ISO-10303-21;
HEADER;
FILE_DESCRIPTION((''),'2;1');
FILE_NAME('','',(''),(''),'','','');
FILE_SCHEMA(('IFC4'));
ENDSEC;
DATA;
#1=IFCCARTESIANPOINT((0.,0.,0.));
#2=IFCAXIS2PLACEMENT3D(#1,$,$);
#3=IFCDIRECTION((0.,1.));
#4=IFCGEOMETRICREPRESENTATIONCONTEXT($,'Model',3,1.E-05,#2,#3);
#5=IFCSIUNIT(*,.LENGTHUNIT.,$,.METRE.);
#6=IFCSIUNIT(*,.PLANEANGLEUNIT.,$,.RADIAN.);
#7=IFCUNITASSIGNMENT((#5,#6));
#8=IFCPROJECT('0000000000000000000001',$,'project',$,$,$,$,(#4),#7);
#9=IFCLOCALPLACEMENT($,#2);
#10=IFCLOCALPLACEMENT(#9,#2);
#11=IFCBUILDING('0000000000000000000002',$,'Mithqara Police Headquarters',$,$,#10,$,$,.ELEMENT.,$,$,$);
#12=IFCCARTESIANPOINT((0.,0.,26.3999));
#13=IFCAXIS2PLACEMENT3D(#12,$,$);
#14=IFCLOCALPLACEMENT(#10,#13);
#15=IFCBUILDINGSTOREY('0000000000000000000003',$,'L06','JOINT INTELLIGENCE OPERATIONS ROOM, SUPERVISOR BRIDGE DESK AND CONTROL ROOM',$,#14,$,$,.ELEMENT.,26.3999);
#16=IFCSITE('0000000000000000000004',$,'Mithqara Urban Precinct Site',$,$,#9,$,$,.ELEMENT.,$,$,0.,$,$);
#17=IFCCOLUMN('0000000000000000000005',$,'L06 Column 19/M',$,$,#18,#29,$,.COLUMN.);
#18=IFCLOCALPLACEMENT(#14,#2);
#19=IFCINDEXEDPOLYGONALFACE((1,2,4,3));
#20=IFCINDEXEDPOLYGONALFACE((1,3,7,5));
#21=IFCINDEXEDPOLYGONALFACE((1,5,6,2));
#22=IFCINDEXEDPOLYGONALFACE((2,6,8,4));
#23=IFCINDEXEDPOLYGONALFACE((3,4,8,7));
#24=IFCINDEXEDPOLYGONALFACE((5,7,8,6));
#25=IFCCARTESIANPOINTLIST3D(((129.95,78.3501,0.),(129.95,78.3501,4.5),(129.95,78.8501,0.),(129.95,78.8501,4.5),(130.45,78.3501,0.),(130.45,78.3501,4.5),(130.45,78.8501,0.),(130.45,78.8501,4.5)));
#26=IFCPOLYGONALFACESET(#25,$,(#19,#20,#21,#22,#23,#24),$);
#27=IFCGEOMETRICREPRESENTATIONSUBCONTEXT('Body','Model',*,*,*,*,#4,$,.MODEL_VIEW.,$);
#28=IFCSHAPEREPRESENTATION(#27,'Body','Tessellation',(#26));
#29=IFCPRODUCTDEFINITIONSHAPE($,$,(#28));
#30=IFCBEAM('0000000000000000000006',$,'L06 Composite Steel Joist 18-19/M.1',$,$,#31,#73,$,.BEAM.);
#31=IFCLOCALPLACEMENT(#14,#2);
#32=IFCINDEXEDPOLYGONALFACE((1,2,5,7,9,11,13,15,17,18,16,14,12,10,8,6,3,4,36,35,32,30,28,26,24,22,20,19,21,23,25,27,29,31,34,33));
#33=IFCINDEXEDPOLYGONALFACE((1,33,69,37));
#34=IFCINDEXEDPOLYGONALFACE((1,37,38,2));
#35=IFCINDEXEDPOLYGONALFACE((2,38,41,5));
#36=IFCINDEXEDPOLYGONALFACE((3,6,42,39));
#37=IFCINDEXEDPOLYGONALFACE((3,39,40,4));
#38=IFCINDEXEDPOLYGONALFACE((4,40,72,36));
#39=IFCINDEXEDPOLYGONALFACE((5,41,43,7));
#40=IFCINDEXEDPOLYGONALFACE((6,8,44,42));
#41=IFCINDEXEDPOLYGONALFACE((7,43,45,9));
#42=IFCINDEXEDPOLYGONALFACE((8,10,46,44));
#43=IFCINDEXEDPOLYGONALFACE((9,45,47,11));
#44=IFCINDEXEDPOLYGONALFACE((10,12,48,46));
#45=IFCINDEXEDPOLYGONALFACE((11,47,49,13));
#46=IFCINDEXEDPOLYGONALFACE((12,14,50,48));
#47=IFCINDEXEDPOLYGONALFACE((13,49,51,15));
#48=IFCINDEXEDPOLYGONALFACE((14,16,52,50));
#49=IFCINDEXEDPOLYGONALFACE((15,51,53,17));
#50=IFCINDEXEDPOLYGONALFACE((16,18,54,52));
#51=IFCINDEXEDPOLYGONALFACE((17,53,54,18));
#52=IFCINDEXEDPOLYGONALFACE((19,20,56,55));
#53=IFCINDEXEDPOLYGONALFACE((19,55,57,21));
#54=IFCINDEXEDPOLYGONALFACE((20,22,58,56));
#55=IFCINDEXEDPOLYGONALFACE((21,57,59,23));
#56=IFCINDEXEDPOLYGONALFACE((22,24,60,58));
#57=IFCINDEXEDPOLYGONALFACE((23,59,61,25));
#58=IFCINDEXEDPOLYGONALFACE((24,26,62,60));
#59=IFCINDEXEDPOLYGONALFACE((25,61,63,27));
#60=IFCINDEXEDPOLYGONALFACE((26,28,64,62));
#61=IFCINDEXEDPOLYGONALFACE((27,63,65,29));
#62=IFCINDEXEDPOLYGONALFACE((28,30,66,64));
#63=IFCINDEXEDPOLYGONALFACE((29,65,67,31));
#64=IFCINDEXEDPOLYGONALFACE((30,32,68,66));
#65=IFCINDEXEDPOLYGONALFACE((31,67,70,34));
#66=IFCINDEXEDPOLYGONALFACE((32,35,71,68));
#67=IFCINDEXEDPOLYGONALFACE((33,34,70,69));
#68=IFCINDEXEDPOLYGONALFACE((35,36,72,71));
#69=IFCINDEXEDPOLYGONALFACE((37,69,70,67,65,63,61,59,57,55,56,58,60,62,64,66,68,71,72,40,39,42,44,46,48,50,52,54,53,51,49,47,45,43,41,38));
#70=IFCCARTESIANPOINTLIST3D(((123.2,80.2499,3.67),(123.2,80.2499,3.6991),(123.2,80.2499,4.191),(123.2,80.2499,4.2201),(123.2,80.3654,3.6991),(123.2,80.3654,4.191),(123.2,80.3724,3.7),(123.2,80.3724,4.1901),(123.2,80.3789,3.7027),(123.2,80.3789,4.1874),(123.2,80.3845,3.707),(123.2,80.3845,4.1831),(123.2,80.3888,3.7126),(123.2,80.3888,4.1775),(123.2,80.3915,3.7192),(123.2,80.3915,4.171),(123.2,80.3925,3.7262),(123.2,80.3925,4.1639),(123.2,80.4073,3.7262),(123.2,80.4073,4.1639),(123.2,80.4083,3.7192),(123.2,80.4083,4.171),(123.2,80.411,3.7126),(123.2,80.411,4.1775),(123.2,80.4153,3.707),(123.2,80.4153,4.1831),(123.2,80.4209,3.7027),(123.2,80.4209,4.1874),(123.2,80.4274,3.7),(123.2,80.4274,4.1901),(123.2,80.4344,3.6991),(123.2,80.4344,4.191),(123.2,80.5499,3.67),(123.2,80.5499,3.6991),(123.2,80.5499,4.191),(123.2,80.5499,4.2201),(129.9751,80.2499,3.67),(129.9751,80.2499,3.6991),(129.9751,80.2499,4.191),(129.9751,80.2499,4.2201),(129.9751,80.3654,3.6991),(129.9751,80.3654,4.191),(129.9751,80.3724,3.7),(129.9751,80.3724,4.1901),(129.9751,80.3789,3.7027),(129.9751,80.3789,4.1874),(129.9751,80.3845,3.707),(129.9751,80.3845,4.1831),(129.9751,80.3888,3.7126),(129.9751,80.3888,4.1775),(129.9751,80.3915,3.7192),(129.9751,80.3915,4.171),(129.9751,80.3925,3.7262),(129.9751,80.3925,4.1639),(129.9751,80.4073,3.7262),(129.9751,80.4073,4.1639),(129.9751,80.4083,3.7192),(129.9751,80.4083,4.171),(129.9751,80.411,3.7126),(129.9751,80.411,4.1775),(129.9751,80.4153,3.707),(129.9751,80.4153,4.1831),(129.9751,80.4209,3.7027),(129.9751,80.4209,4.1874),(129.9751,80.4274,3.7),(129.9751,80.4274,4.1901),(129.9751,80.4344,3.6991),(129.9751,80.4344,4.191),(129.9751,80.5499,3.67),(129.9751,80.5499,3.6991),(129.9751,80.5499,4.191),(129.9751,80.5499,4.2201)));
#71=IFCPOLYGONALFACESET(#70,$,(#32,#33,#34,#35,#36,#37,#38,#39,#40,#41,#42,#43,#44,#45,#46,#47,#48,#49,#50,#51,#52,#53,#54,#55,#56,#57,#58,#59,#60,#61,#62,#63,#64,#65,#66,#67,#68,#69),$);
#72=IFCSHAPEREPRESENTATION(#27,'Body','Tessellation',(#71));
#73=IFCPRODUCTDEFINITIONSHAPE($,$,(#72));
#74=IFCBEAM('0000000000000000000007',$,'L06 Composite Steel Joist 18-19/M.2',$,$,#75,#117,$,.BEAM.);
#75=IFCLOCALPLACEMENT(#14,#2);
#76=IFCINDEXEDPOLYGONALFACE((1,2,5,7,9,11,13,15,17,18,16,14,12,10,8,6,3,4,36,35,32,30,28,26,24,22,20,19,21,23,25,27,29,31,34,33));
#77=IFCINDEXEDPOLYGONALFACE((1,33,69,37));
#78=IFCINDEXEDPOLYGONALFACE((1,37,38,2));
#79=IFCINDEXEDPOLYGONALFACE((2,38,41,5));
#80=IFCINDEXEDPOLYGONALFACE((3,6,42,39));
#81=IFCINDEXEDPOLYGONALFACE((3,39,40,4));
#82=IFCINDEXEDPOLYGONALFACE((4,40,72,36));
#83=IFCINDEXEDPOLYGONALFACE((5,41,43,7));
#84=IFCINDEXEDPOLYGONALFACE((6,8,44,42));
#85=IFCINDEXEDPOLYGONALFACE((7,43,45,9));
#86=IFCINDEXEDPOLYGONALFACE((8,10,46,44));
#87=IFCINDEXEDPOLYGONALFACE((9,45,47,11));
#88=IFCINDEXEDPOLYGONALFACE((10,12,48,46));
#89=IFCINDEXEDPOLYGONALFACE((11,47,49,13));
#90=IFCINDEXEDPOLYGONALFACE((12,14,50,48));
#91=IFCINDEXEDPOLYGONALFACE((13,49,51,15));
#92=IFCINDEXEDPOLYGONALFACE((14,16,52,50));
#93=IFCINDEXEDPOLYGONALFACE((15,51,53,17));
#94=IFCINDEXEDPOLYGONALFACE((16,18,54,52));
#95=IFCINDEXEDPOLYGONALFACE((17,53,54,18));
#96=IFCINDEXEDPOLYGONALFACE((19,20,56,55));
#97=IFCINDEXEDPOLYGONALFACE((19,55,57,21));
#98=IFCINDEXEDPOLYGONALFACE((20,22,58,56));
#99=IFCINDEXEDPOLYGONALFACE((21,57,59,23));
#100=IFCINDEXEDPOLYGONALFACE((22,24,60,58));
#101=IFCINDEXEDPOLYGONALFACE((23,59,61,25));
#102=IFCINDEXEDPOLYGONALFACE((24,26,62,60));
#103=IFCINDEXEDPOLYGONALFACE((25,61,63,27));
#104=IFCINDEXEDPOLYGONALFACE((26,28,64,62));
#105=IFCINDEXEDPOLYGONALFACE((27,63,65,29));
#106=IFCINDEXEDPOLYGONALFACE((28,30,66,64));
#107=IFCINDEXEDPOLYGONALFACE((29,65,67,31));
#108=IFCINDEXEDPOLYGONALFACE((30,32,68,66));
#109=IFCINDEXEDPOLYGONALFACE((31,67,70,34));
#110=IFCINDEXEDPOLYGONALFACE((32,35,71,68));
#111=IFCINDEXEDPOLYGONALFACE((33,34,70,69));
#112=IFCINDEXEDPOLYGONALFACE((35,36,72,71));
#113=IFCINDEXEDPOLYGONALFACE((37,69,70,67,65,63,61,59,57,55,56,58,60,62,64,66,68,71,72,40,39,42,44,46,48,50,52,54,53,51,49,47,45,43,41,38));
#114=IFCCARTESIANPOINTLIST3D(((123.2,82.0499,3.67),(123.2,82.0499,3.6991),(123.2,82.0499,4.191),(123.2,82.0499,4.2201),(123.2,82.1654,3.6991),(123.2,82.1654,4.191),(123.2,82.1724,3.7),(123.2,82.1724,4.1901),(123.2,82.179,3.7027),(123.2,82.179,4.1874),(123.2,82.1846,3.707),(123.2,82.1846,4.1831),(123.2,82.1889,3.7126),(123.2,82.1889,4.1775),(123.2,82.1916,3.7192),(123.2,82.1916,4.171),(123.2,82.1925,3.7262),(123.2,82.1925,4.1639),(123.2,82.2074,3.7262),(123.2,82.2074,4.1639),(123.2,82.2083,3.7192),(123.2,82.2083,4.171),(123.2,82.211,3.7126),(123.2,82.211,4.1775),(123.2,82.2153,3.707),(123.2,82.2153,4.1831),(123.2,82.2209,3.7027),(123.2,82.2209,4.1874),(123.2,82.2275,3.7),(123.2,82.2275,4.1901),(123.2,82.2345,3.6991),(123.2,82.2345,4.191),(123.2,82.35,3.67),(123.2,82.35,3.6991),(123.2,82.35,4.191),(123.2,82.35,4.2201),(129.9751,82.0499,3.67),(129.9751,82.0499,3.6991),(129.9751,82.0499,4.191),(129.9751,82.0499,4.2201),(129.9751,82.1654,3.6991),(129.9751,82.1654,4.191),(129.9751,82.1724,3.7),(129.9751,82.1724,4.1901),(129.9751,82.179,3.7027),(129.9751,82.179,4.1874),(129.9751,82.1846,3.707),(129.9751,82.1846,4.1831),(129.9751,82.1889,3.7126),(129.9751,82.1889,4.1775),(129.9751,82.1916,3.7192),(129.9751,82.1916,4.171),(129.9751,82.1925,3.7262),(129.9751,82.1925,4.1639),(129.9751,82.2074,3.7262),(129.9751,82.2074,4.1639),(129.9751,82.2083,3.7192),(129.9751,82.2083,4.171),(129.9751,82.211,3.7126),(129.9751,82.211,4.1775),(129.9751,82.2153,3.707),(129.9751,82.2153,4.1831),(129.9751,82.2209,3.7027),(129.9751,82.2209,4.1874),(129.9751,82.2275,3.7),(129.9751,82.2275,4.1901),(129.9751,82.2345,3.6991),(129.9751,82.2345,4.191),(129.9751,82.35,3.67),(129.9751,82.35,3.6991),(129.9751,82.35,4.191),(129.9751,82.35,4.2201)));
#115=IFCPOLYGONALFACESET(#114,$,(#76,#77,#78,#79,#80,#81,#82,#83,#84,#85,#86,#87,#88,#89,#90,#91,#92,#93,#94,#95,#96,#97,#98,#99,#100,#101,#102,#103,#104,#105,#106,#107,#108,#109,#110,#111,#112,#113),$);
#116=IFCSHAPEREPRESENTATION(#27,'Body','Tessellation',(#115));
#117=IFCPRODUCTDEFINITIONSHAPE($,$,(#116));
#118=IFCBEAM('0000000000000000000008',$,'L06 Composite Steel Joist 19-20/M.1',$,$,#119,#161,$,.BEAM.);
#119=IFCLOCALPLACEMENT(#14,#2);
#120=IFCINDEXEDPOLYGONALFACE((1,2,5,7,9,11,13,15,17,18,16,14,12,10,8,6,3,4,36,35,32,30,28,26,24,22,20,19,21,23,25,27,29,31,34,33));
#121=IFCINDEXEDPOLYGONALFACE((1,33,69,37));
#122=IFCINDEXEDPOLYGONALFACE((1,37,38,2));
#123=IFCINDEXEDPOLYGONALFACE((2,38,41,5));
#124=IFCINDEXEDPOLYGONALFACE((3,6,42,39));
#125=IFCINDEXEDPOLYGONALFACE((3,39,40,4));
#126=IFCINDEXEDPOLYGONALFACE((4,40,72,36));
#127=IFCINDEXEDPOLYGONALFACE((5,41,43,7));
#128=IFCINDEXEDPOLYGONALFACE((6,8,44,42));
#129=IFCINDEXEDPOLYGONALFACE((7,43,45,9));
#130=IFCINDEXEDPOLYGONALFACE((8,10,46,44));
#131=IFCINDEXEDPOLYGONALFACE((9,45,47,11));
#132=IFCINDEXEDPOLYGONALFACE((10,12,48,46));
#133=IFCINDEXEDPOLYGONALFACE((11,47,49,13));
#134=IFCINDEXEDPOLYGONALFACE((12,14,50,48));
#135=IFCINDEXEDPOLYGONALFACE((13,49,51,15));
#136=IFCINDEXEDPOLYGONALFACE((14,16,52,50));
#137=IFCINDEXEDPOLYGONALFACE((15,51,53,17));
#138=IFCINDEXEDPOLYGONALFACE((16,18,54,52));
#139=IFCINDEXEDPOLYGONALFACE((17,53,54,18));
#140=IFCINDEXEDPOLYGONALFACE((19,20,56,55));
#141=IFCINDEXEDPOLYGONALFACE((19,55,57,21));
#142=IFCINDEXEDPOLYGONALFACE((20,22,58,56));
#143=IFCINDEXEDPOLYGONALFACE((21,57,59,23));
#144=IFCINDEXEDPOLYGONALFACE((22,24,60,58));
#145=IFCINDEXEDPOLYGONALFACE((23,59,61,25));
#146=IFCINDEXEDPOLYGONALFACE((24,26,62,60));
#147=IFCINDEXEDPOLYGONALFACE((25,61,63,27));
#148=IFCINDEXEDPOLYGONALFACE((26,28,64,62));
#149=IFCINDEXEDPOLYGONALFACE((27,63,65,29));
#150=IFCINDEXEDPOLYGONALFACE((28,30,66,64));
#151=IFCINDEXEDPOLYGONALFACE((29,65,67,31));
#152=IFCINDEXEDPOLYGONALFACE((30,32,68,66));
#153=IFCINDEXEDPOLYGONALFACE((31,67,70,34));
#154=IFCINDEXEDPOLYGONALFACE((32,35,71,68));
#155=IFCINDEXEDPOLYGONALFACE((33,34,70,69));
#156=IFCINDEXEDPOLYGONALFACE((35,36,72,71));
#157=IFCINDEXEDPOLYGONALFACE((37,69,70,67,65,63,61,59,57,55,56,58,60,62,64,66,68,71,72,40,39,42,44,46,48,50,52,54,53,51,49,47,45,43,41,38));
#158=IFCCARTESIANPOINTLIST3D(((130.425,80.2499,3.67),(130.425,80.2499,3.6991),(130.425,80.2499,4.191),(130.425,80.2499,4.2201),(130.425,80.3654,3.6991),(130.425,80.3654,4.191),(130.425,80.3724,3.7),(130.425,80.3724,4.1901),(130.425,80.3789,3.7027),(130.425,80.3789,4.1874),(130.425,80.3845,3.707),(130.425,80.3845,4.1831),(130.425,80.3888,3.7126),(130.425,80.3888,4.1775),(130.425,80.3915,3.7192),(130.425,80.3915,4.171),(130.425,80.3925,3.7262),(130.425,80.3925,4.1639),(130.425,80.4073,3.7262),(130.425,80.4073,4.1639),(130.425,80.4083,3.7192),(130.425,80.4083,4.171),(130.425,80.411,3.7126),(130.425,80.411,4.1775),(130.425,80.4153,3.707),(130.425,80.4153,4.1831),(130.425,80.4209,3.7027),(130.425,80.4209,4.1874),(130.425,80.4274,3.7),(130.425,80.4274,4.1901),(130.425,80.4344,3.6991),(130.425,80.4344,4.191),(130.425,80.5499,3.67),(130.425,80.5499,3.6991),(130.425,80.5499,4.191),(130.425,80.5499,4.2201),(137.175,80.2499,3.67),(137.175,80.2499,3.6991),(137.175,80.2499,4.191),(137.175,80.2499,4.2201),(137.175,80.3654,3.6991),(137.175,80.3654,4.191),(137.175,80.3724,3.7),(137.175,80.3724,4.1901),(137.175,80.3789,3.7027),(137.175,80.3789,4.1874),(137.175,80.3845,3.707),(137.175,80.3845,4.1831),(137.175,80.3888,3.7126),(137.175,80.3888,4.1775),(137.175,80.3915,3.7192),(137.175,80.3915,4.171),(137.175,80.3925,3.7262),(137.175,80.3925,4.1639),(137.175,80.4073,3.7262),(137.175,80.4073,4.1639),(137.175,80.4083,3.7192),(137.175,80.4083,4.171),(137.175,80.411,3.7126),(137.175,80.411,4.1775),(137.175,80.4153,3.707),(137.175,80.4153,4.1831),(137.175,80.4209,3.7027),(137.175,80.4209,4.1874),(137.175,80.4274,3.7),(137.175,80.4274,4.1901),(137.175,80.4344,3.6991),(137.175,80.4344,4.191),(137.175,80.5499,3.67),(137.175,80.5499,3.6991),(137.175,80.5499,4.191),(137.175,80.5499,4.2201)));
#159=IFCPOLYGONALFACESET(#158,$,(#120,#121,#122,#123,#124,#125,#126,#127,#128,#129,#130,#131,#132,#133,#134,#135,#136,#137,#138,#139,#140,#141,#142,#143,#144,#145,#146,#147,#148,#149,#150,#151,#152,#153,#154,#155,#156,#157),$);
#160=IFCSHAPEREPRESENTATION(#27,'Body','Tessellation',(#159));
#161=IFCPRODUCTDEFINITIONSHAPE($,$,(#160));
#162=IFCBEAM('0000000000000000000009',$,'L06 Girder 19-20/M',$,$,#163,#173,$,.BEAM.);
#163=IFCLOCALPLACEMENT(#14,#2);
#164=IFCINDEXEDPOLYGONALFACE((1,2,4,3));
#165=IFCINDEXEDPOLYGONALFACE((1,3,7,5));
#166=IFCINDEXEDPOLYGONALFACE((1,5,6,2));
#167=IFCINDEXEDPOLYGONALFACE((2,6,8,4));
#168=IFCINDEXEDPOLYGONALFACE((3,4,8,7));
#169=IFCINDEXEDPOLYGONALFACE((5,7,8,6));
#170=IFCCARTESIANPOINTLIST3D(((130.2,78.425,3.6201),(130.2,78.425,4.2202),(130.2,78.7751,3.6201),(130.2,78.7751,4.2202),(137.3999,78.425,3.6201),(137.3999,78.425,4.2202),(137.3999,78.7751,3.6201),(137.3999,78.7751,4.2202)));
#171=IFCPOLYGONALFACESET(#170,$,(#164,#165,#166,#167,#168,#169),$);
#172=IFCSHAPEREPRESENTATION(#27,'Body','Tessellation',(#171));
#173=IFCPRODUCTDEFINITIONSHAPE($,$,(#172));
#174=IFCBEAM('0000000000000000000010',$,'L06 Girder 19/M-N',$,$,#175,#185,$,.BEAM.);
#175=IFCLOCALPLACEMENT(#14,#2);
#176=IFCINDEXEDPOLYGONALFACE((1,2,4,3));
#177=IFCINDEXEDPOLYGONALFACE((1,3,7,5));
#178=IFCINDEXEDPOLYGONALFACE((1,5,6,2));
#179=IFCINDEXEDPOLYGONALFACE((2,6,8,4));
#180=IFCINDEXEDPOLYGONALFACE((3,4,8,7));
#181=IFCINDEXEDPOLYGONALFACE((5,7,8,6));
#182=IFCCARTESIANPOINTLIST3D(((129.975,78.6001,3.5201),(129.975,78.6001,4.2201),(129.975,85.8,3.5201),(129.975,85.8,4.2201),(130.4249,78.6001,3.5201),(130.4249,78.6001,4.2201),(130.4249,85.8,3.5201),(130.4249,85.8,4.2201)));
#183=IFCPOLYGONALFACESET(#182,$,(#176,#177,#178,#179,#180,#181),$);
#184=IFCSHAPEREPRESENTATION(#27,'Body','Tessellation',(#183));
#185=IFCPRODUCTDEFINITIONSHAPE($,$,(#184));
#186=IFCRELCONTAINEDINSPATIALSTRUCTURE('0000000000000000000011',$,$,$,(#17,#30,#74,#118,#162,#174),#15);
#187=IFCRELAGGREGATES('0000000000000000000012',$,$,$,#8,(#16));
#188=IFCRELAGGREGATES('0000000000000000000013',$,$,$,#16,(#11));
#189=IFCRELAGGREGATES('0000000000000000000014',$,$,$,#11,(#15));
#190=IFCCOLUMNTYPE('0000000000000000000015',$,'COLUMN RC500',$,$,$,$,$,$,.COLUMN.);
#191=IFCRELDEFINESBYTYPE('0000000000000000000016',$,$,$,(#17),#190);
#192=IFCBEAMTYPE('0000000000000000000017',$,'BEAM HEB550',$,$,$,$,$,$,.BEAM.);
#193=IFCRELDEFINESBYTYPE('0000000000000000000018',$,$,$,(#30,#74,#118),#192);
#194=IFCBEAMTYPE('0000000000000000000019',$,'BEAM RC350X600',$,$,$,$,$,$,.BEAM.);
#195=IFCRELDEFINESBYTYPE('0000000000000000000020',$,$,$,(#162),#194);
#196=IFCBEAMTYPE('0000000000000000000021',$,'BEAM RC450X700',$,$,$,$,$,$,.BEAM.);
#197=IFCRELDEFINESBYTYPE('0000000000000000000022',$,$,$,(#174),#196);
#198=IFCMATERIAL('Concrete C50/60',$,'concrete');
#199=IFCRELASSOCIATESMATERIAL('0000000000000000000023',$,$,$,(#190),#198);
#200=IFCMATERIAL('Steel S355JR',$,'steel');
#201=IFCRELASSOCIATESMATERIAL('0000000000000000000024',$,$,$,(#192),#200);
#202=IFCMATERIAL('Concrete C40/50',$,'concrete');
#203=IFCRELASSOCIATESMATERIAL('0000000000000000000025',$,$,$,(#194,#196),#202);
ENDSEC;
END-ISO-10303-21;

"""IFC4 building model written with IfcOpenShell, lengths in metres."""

from ifc_helpers import new_model, si_unit, direction, frame, origin, origin_2d, place, context, subcontext, project, spatial, rectangle, i_section, extrude, material, material_profile, profile_set, type_object, element, save


model = new_model("IFC4")

# Units and contexts
model_context = context("Model", 3, precision=1e-05, world=origin(), true_north=direction((0.0, 1.0)))
body_context = subcontext(model_context, "Body", "Model", "MODEL_VIEW")
ifc_project = project(units=[si_unit("LENGTHUNIT", "METRE"), si_unit("PLANEANGLEUNIT", "RADIAN")], contexts=[model_context])

# Site, building, storey
site_placement = place(None, origin())
site = spatial("IfcSite", under=ifc_project, at=site_placement, Name="Mithqara Urban Precinct Site", CompositionType="ELEMENT", RefElevation=0.0)
building_placement = place(site_placement, origin())
building = spatial("IfcBuilding", under=site, at=building_placement, Name="Mithqara Police Headquarters", CompositionType="ELEMENT")
storey_placement = place(building_placement, frame((0.0, 0.0, 26.3999)))
storey = spatial("IfcBuildingStorey", under=building, at=storey_placement, Name="L06", Description="JOINT INTELLIGENCE OPERATIONS ROOM, SUPERVISOR BRIDGE DESK AND CONTROL ROOM", CompositionType="ELEMENT", Elevation=26.3999)

# Column
ifc_material_1 = material(Name="Concrete C50/60", Category="concrete")
ifc_material_profile_1 = material_profile(ifc_material_1, rectangle(XDim=0.5, YDim=0.5, at=origin_2d()), Name="RC 500x500")
ifc_profile_set_1 = profile_set([ifc_material_profile_1], Name="Concrete C50/60")
column_type = type_object("IfcColumnType", Name="COLUMN RC500", PredefinedType="COLUMN", material=ifc_profile_set_1)
column_placement = place(storey_placement, frame((130.2, 78.6001, 0.0), z_axis=(0.0, 0.0, 1.0), x_axis=(1.0, 0.0, 0.0)))
element("IfcColumn", 1, at=column_placement, inside=storey, type_object=column_type, Name="L06 Column 19/M", PredefinedType="COLUMN", context=body_context, shape_type="SweptSolid", body=[
    extrude(rectangle(XDim=0.5, YDim=0.5, at=origin_2d()), origin(), (0.0, 0.0, 1.0), 4.5),
])

# Beams
ifc_material_2 = material(Name="Steel S355JR", Category="steel")
ifc_material_profile_2 = material_profile(ifc_material_2, i_section(OverallWidth=0.3, OverallDepth=0.55, WebThickness=0.0149, FlangeThickness=0.0291, FilletRadius=0.0271, at=origin_2d()), Name="HEB 550")
ifc_profile_set_2 = profile_set([ifc_material_profile_2], Name="Steel S355JR")
beam_type_1 = type_object("IfcBeamType", Name="BEAM HEB550", PredefinedType="BEAM", material=ifc_profile_set_2)
for number, where, z_axis, x_axis, name in (
    (2, (123.2, 80.3999, 3.9451), (1.0, 0.0, 0.0), (0.0, 1.0, 0.0), "L06 Composite Steel Joist 18-19/M.1"),
    (3, (123.2, 82.2, 3.9451), (1.0, 0.0, 0.0), (0.0, 1.0, 0.0), "L06 Composite Steel Joist 18-19/M.2"),
):
    element("IfcBeam", number, at=place(storey_placement, frame(where, z_axis=z_axis, x_axis=x_axis)), inside=storey, type_object=beam_type_1, Name=name, PredefinedType="BEAM", context=body_context, shape_type="SweptSolid", body=[
        extrude(i_section(OverallWidth=0.3, OverallDepth=0.55, WebThickness=0.0149, FlangeThickness=0.0291, FilletRadius=0.0271, at=origin_2d()), origin(), (0.0, 0.0, 1.0), 6.7751),
    ])
beam_1_placement = place(storey_placement, frame((130.425, 80.3999, 3.9451), z_axis=(1.0, 0.0, 0.0), x_axis=(0.0, 1.0, 0.0)))
element("IfcBeam", 4, at=beam_1_placement, inside=storey, type_object=beam_type_1, Name="L06 Composite Steel Joist 19-20/M.1", PredefinedType="BEAM", context=body_context, shape_type="SweptSolid", body=[
    extrude(i_section(OverallWidth=0.3, OverallDepth=0.55, WebThickness=0.0149, FlangeThickness=0.0291, FilletRadius=0.0271, at=origin_2d()), origin(), (0.0, 0.0, 1.0), 6.75),
])
ifc_material_3 = material(Name="Concrete C40/50", Category="concrete")
ifc_material_profile_3 = material_profile(ifc_material_3, rectangle(XDim=0.3501, YDim=0.6001, at=origin_2d()), Name="RC 350x600")
ifc_profile_set_3 = profile_set([ifc_material_profile_3], Name="Concrete C40/50")
beam_type_2 = type_object("IfcBeamType", Name="BEAM RC350X600", PredefinedType="BEAM", material=ifc_profile_set_3)
beam_2_placement = place(storey_placement, frame((130.2, 78.6001, 3.9202), z_axis=(1.0, 0.0, 0.0), x_axis=(0.0, 1.0, 0.0)))
element("IfcBeam", 5, at=beam_2_placement, inside=storey, type_object=beam_type_2, Name="L06 Girder 19-20/M", PredefinedType="BEAM", context=body_context, shape_type="SweptSolid", body=[
    extrude(rectangle(XDim=0.3501, YDim=0.6001, at=origin_2d()), origin(), (0.0, 0.0, 1.0), 7.2),
])
ifc_material_profile_4 = material_profile(ifc_material_3, rectangle(XDim=0.45, YDim=0.7, at=origin_2d()), Name="RC 450x700")
ifc_profile_set_4 = profile_set([ifc_material_profile_4], Name="Concrete C40/50")
beam_type_3 = type_object("IfcBeamType", Name="BEAM RC450X700", PredefinedType="BEAM", material=ifc_profile_set_4)
beam_3_placement = place(storey_placement, frame((130.2, 78.6001, 3.8701), z_axis=(0.0, 1.0, 0.0), x_axis=(-1.0, 0.0, 0.0)))
element("IfcBeam", 6, at=beam_3_placement, inside=storey, type_object=beam_type_3, Name="L06 Girder 19/M-N", PredefinedType="BEAM", context=body_context, shape_type="SweptSolid", body=[
    extrude(rectangle(XDim=0.45, YDim=0.7, at=origin_2d()), origin(), (0.0, 0.0, 1.0), 7.2),
])

save(model, "model.ifc")
